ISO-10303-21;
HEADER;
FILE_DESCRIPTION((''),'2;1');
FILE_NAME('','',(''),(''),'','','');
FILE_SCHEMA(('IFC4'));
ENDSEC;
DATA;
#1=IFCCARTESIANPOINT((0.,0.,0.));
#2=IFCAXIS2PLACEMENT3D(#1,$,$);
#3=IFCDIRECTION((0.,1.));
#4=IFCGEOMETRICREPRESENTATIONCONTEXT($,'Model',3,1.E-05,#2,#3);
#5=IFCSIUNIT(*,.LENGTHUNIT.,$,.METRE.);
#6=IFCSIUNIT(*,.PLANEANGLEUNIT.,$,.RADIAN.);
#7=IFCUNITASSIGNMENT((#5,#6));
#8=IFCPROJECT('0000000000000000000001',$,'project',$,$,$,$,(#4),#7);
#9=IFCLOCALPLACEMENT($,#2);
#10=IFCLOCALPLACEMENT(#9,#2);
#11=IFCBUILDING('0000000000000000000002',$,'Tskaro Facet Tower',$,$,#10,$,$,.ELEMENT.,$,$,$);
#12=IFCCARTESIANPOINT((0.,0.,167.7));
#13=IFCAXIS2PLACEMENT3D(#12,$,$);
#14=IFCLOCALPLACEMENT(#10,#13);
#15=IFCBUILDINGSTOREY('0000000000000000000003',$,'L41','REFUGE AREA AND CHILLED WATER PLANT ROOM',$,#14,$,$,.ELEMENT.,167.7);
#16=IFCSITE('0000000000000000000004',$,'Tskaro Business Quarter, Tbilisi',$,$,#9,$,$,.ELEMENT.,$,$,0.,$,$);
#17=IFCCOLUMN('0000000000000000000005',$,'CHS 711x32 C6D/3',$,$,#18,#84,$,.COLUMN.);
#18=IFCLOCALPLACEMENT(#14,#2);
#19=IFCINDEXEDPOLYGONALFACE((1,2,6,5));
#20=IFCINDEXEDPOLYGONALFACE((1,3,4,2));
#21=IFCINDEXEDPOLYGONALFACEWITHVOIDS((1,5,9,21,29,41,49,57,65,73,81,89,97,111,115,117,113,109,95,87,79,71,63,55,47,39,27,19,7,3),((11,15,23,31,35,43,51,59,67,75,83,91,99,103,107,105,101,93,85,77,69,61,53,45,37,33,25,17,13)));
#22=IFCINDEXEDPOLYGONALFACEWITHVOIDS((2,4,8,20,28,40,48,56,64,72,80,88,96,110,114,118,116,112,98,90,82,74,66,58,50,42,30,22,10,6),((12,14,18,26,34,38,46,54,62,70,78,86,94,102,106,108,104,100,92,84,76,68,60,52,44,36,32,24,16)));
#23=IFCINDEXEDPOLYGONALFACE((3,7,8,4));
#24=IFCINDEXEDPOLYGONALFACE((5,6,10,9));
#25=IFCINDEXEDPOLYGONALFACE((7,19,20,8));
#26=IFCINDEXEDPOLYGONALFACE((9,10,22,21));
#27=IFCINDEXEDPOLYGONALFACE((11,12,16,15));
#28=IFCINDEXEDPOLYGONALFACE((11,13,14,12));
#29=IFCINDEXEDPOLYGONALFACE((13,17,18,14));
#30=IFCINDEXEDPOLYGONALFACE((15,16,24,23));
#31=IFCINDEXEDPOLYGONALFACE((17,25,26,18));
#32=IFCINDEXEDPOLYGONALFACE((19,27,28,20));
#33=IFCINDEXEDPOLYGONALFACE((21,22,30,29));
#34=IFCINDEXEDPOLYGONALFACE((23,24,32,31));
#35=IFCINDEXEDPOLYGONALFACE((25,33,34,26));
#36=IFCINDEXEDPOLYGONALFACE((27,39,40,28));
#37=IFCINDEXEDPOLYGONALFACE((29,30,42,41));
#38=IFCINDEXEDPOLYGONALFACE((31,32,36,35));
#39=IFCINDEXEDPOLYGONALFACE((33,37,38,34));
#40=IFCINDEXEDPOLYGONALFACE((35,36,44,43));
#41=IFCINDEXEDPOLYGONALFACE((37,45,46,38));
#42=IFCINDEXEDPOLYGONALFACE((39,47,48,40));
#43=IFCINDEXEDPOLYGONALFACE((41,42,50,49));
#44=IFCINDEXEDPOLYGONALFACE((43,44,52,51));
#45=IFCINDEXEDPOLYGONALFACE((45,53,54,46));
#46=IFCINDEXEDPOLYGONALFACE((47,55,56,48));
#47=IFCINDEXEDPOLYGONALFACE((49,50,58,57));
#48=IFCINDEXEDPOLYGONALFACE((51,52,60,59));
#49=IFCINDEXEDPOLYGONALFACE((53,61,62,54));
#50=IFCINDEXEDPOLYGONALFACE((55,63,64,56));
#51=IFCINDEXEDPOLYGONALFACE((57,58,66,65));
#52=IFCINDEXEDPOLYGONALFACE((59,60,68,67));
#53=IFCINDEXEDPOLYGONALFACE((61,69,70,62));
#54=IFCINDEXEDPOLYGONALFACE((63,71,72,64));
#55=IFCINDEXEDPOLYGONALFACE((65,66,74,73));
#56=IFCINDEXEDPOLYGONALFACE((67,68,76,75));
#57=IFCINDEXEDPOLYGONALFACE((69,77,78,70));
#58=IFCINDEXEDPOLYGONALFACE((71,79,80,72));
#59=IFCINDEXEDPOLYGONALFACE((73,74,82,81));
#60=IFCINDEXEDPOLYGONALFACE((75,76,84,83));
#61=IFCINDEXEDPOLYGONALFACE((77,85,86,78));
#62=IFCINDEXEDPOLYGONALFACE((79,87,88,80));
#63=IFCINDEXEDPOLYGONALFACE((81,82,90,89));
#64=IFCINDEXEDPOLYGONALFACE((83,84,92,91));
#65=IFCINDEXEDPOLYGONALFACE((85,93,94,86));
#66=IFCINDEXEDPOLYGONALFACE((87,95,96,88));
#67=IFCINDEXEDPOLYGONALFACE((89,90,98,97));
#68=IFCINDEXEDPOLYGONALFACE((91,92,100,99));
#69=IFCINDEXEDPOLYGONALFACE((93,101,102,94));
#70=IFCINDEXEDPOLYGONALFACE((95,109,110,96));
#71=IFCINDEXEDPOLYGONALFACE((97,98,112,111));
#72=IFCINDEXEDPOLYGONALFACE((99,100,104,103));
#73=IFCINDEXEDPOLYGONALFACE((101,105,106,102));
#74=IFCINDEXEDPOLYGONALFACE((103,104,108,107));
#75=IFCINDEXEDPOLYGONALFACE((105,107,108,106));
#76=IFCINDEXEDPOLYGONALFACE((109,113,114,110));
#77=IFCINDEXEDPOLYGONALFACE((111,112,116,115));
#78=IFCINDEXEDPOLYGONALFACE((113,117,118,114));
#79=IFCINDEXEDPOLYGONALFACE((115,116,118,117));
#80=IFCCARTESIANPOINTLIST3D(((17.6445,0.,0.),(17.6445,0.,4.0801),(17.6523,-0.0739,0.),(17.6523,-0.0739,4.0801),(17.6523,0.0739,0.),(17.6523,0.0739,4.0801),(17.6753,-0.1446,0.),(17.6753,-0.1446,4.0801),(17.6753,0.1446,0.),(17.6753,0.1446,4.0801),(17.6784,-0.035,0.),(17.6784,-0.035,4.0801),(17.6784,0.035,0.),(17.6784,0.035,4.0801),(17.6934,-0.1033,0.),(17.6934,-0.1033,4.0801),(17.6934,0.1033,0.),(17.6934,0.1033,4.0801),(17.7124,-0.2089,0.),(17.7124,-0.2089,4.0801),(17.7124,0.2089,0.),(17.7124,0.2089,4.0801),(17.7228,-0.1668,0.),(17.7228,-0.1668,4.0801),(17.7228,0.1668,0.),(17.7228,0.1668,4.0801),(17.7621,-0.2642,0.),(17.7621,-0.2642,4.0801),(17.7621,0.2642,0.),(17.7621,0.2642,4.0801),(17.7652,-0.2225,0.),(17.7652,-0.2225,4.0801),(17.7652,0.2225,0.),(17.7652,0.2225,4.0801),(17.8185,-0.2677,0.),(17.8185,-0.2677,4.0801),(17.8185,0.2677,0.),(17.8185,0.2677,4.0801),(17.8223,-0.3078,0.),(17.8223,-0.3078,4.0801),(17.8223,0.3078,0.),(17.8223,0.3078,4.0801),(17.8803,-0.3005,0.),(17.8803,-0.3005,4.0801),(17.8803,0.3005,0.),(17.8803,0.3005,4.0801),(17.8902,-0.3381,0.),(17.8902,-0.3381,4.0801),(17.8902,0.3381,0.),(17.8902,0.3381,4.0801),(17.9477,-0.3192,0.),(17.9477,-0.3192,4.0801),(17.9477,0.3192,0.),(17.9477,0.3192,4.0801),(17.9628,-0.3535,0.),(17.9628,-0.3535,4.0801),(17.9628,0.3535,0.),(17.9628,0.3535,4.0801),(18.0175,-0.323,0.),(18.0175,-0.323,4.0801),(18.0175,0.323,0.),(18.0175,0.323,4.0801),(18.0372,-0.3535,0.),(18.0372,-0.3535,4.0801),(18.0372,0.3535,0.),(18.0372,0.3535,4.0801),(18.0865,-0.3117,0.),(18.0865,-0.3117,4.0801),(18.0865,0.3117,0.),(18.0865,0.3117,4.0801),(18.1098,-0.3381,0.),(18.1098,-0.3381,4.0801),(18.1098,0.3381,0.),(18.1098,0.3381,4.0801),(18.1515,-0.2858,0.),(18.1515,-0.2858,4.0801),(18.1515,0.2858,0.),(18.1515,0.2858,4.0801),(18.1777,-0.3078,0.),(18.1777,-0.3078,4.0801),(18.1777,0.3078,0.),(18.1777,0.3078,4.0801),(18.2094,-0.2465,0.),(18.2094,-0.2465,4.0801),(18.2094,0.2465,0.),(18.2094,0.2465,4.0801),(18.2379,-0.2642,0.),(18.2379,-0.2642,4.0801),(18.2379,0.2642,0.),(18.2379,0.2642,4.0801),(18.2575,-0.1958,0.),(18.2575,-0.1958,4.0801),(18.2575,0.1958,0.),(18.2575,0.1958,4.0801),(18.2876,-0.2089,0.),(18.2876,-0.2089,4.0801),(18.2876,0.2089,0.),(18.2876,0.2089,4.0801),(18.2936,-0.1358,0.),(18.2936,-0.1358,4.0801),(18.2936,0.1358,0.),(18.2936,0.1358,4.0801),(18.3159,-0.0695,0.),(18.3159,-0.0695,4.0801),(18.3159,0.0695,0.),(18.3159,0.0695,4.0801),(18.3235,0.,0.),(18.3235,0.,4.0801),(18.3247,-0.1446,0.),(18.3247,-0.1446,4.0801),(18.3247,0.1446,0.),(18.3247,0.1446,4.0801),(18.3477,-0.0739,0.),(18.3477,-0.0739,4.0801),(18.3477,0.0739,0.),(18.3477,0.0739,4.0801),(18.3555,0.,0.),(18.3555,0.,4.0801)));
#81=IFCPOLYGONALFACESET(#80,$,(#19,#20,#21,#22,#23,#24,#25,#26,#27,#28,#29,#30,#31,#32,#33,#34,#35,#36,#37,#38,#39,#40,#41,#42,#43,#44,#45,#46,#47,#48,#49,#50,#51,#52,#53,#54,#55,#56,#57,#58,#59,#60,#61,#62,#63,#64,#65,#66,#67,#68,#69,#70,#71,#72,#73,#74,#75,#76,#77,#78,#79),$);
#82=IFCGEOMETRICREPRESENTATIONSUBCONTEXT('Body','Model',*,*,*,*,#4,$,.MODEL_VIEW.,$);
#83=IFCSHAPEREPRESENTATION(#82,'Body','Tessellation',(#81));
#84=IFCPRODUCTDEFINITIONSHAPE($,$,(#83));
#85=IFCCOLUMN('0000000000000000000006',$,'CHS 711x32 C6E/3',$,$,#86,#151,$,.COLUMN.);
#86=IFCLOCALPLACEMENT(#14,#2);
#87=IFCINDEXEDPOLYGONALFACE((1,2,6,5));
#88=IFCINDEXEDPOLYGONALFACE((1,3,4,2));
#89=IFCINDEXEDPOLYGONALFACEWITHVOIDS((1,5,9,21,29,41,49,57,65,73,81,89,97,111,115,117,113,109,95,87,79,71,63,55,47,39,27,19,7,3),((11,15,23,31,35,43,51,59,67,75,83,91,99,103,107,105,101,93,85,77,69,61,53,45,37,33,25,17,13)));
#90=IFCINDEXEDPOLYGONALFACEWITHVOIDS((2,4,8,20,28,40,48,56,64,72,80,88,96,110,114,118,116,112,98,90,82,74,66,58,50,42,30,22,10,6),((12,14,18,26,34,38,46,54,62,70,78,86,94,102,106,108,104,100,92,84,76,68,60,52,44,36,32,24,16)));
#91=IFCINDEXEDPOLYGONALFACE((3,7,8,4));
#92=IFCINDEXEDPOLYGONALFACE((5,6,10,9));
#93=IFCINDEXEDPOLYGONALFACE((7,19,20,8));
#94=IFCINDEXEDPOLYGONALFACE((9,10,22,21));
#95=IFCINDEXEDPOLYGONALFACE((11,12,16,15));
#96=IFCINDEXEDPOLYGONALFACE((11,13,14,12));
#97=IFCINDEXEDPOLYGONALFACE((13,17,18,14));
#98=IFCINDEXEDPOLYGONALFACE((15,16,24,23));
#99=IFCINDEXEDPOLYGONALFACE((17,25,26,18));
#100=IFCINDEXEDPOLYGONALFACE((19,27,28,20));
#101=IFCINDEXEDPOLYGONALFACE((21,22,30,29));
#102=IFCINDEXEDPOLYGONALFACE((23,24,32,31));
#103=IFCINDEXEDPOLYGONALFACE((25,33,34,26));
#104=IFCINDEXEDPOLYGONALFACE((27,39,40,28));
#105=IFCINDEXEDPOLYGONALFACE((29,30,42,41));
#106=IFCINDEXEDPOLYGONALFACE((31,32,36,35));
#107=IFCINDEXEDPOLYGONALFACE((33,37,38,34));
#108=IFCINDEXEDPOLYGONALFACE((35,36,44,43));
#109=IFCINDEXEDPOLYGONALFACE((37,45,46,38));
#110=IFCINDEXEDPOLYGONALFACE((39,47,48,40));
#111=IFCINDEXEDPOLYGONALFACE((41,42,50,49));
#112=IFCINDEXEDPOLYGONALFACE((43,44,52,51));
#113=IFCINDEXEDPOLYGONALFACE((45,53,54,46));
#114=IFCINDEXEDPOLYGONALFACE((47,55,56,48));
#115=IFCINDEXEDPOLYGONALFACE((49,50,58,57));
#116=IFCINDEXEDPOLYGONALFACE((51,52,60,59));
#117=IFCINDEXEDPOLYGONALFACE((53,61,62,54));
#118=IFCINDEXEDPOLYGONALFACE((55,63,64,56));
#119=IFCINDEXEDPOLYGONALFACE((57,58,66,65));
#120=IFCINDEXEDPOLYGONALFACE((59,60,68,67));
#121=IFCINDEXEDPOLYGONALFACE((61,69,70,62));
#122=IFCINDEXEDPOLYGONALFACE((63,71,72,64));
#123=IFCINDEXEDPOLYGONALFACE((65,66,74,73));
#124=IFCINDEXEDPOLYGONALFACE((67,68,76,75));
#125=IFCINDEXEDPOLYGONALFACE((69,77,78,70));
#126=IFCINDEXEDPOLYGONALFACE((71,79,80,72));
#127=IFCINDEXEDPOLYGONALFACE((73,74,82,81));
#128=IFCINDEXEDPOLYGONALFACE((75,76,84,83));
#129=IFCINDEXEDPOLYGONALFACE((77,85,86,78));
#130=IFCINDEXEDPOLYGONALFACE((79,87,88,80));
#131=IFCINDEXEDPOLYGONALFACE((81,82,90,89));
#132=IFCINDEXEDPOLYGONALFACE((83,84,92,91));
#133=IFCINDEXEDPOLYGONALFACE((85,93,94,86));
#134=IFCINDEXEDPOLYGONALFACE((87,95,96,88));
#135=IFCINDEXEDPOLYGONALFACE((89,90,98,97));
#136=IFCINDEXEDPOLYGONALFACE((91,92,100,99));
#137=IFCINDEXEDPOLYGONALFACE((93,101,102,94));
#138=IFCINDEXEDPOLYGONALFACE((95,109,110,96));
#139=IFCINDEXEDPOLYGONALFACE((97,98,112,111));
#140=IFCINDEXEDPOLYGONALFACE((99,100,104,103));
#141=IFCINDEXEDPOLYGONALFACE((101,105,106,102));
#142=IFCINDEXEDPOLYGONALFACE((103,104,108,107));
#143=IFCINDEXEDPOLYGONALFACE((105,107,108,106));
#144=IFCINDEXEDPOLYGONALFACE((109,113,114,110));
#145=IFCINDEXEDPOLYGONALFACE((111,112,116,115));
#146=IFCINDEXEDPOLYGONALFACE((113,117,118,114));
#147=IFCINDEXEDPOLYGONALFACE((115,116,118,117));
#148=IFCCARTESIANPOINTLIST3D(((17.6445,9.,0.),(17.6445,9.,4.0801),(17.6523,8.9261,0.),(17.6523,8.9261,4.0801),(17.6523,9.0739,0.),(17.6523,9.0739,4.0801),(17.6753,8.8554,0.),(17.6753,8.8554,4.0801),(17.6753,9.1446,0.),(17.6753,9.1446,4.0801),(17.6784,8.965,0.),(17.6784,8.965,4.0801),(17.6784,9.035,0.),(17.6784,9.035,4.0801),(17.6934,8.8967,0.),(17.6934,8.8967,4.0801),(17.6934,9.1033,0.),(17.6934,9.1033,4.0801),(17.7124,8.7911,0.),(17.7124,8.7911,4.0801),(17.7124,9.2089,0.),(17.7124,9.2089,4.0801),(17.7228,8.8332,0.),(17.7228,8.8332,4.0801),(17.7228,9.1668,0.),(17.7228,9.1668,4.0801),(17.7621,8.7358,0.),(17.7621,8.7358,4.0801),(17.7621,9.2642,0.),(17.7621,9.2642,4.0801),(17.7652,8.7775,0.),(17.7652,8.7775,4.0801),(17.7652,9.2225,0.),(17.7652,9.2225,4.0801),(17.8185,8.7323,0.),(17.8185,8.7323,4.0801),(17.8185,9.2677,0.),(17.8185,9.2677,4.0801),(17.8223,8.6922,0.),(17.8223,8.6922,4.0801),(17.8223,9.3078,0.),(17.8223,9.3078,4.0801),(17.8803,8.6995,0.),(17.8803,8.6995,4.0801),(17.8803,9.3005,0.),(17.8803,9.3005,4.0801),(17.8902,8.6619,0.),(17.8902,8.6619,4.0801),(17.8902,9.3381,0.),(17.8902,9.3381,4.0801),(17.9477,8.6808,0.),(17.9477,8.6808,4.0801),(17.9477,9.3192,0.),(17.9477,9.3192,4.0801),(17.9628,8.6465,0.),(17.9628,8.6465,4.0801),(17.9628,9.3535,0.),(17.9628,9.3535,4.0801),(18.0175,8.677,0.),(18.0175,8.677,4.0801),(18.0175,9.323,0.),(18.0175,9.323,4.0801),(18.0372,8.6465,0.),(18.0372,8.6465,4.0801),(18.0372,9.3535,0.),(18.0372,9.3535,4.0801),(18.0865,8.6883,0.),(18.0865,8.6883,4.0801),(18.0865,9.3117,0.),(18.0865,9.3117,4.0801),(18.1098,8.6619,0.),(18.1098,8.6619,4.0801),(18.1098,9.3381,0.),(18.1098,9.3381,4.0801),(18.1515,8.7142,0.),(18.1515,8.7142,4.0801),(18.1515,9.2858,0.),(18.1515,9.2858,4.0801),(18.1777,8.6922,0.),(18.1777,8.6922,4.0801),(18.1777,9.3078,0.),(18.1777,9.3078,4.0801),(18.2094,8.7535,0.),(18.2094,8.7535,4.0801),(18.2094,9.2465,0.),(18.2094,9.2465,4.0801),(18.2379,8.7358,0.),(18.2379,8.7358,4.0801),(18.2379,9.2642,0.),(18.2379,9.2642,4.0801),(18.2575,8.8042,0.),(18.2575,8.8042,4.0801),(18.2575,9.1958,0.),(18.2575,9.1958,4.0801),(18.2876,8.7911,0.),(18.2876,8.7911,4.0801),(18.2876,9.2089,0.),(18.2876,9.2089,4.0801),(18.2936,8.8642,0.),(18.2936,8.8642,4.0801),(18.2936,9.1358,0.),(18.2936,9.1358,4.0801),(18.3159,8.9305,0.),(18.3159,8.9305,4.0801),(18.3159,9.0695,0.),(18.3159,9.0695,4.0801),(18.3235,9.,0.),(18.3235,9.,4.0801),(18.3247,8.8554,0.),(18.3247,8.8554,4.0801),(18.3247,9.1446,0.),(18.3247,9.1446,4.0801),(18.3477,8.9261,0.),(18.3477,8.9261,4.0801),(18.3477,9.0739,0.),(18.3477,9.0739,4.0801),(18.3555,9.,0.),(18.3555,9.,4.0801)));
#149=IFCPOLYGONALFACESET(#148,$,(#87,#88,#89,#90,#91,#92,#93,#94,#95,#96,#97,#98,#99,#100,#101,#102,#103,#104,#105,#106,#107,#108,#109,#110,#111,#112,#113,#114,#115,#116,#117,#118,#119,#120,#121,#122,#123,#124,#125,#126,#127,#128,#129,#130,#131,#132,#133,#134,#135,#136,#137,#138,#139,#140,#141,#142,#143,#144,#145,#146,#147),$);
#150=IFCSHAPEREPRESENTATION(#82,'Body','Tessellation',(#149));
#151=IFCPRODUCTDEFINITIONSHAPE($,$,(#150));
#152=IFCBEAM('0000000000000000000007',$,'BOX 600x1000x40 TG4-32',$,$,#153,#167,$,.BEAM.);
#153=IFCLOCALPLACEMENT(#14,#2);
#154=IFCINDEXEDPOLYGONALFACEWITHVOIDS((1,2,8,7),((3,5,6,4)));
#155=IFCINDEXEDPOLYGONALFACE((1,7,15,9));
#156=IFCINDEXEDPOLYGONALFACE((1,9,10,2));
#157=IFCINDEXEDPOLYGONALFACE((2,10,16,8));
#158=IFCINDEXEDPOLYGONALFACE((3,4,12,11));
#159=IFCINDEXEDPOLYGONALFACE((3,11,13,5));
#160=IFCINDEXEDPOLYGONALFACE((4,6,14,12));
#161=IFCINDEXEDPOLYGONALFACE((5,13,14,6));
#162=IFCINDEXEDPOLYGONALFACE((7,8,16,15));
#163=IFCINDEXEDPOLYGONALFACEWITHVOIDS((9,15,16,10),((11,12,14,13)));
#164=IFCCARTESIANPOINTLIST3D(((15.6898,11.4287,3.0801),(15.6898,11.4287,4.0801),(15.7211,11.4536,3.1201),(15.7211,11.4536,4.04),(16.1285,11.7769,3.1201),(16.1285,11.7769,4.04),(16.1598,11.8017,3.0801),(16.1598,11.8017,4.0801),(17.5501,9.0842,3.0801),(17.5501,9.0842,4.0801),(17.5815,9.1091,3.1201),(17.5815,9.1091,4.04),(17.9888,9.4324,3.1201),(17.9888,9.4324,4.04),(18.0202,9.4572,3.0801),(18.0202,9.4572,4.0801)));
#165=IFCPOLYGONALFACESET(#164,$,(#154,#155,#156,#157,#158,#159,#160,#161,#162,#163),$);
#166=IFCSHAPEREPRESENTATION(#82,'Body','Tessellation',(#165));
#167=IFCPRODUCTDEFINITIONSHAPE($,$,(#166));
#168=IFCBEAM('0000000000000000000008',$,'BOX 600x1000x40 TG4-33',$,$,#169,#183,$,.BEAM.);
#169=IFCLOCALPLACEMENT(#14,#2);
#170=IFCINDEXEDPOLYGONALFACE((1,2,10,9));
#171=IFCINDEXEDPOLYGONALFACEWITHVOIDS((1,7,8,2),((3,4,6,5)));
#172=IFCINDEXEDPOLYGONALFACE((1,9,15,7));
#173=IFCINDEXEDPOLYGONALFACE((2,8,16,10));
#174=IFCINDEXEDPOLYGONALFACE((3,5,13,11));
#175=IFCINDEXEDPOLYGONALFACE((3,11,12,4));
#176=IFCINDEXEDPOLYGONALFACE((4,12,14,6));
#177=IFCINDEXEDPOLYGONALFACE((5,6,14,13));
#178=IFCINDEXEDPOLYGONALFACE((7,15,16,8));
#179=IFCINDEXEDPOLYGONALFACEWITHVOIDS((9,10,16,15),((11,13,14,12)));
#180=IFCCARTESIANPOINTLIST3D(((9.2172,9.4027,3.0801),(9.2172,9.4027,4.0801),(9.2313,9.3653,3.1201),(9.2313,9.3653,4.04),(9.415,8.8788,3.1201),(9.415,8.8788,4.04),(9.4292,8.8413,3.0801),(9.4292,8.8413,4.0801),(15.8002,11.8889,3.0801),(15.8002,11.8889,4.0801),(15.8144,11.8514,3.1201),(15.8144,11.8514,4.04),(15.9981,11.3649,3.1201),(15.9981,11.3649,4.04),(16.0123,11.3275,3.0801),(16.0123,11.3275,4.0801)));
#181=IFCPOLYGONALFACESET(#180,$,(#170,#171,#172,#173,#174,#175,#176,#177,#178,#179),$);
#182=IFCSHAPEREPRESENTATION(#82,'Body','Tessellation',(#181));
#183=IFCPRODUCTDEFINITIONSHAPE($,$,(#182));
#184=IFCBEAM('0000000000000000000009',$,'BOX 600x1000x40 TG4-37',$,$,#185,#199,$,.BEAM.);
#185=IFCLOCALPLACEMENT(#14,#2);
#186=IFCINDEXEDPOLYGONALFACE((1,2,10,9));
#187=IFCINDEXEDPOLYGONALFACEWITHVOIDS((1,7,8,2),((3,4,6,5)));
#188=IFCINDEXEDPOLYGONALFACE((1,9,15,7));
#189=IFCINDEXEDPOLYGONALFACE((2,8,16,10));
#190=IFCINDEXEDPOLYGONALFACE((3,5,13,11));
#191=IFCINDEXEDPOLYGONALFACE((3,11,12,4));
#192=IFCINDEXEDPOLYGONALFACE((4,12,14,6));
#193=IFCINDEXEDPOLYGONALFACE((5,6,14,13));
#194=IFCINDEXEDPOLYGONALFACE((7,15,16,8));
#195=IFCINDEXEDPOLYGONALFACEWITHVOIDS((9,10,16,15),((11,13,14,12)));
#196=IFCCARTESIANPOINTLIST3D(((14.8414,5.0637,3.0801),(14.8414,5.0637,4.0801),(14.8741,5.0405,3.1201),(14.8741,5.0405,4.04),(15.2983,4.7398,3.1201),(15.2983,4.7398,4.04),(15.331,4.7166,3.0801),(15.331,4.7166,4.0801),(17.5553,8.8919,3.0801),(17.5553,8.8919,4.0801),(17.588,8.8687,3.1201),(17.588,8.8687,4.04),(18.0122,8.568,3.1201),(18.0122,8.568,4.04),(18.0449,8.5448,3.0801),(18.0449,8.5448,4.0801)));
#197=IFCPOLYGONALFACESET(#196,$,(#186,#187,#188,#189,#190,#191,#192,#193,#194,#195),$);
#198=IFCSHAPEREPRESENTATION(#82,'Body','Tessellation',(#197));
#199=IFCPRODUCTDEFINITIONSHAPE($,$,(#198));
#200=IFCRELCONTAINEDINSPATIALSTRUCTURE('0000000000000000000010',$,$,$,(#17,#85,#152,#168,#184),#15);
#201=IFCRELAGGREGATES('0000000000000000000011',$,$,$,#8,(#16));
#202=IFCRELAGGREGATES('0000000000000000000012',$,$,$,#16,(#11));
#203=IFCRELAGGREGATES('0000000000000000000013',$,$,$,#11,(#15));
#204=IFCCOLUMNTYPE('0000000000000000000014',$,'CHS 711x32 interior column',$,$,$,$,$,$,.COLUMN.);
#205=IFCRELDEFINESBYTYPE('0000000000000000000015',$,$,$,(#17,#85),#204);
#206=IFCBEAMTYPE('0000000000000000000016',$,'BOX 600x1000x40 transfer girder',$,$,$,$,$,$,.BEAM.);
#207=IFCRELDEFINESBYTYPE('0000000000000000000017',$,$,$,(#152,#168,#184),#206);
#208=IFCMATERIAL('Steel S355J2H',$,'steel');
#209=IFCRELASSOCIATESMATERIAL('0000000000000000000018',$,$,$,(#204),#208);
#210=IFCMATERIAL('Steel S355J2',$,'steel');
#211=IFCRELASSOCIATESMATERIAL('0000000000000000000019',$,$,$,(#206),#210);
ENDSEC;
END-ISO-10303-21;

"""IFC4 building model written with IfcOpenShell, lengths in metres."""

from ifc_helpers import new_model, si_unit, direction, frame, origin, origin_2d, place, context, subcontext, project, spatial, hollow_rectangle, hollow_circle, extrude, material, material_profile, profile_set, type_object, element, save


model = new_model("IFC4")

# Units and contexts
model_context = context("Model", 3, precision=1e-05, world=origin(), true_north=direction((0.0, 1.0)))
body_context = subcontext(model_context, "Body", "Model", "MODEL_VIEW")
ifc_project = project(units=[si_unit("LENGTHUNIT", "METRE"), si_unit("PLANEANGLEUNIT", "RADIAN")], contexts=[model_context])

# Site, building, storey
site_placement = place(None, origin())
site = spatial("IfcSite", under=ifc_project, at=site_placement, Name="Tskaro Business Quarter, Tbilisi", CompositionType="ELEMENT", RefElevation=0.0)
building_placement = place(site_placement, origin())
building = spatial("IfcBuilding", under=site, at=building_placement, Name="Tskaro Facet Tower", CompositionType="ELEMENT")
storey_placement = place(building_placement, frame((0.0, 0.0, 167.7)))
storey = spatial("IfcBuildingStorey", under=building, at=storey_placement, Name="L41", Description="REFUGE AREA AND CHILLED WATER PLANT ROOM", CompositionType="ELEMENT", Elevation=167.7)

# Columns
ifc_material_1 = material(Name="Steel S355J2H", Category="steel")
ifc_material_profile_1 = material_profile(ifc_material_1, hollow_circle(Radius=0.3555, WallThickness=0.032, at=origin_2d()), Name="CHS 711x32")
ifc_profile_set_1 = profile_set([ifc_material_profile_1], Name="Steel S355J2H")
column_type = type_object("IfcColumnType", Name="CHS 711x32 interior column", PredefinedType="COLUMN", material=ifc_profile_set_1)
for number, where, z_axis, x_axis, name in (
    (1, (18.0, 0.0, 0.0), (0.0, 0.0, 1.0), (1.0, 0.0, 0.0), "CHS 711x32 C6D/3"),
    (2, (18.0, 9.0, 0.0), (0.0, 0.0, 1.0), (1.0, 0.0, 0.0), "CHS 711x32 C6E/3"),
):
    element("IfcColumn", number, at=place(storey_placement, frame(where, z_axis=z_axis, x_axis=x_axis)), inside=storey, type_object=column_type, Name=name, PredefinedType="COLUMN", context=body_context, shape_type="SweptSolid", body=[
        extrude(hollow_circle(Radius=0.3555, WallThickness=0.032, at=origin_2d()), origin(), (0.0, 0.0, 1.0), 4.0801),
    ])

# Beams
ifc_material_2 = material(Name="Steel S355J2", Category="steel")
ifc_material_profile_2 = material_profile(ifc_material_2, hollow_rectangle(XDim=0.6001, YDim=1.0, WallThickness=0.04, at=origin_2d()), Name="BOX 600x1000x40")
ifc_profile_set_2 = profile_set([ifc_material_profile_2], Name="Steel S355J2")
beam_type_1 = type_object("IfcBeamType", Name="BOX 600x1000x40 transfer girder", PredefinedType="BEAM", material=ifc_profile_set_2)
beam_1_placement = place(storey_placement, frame((15.9248, 11.6152, 3.5801), z_axis=(0.621586, -0.783346, 0.0), x_axis=(0.783346, 0.621586, 0.0)))
element("IfcBeam", 3, at=beam_1_placement, inside=storey, type_object=beam_type_1, Name="BOX 600x1000x40 TG4-32", PredefinedType="BEAM", context=body_context, shape_type="SweptSolid", body=[
    extrude(hollow_rectangle(XDim=0.6001, YDim=1.0, WallThickness=0.04, at=origin_2d()), origin(), (0.0, 0.0, 1.0), 2.9929),
])
beam_2_placement = place(storey_placement, frame((15.9062, 11.6082, 3.5801), z_axis=(-0.935511, -0.353297, 0.0), x_axis=(0.353297, -0.935511, 0.0)))
element("IfcBeam", 4, at=beam_2_placement, inside=storey, type_object=beam_type_1, Name="BOX 600x1000x40 TG4-33", PredefinedType="BEAM", context=body_context, shape_type="SweptSolid", body=[
    extrude(hollow_rectangle(XDim=0.6001, YDim=1.0, WallThickness=0.04, at=origin_2d()), origin(), (0.0, 0.0, 1.0), 7.0369),
])
beam_3_placement = place(storey_placement, frame((15.0862, 4.8901, 3.5801), z_axis=(0.578341, 0.815795, 0.0), x_axis=(-0.815795, 0.578341, 0.0)))
element("IfcBeam", 5, at=beam_3_placement, inside=storey, type_object=beam_type_1, Name="BOX 600x1000x40 TG4-37", PredefinedType="BEAM", context=body_context, shape_type="SweptSolid", body=[
    extrude(hollow_rectangle(XDim=0.6001, YDim=1.0, WallThickness=0.04, at=origin_2d()), origin(), (0.0, 0.0, 1.0), 4.6926),
])

save(model, "model.ifc")
